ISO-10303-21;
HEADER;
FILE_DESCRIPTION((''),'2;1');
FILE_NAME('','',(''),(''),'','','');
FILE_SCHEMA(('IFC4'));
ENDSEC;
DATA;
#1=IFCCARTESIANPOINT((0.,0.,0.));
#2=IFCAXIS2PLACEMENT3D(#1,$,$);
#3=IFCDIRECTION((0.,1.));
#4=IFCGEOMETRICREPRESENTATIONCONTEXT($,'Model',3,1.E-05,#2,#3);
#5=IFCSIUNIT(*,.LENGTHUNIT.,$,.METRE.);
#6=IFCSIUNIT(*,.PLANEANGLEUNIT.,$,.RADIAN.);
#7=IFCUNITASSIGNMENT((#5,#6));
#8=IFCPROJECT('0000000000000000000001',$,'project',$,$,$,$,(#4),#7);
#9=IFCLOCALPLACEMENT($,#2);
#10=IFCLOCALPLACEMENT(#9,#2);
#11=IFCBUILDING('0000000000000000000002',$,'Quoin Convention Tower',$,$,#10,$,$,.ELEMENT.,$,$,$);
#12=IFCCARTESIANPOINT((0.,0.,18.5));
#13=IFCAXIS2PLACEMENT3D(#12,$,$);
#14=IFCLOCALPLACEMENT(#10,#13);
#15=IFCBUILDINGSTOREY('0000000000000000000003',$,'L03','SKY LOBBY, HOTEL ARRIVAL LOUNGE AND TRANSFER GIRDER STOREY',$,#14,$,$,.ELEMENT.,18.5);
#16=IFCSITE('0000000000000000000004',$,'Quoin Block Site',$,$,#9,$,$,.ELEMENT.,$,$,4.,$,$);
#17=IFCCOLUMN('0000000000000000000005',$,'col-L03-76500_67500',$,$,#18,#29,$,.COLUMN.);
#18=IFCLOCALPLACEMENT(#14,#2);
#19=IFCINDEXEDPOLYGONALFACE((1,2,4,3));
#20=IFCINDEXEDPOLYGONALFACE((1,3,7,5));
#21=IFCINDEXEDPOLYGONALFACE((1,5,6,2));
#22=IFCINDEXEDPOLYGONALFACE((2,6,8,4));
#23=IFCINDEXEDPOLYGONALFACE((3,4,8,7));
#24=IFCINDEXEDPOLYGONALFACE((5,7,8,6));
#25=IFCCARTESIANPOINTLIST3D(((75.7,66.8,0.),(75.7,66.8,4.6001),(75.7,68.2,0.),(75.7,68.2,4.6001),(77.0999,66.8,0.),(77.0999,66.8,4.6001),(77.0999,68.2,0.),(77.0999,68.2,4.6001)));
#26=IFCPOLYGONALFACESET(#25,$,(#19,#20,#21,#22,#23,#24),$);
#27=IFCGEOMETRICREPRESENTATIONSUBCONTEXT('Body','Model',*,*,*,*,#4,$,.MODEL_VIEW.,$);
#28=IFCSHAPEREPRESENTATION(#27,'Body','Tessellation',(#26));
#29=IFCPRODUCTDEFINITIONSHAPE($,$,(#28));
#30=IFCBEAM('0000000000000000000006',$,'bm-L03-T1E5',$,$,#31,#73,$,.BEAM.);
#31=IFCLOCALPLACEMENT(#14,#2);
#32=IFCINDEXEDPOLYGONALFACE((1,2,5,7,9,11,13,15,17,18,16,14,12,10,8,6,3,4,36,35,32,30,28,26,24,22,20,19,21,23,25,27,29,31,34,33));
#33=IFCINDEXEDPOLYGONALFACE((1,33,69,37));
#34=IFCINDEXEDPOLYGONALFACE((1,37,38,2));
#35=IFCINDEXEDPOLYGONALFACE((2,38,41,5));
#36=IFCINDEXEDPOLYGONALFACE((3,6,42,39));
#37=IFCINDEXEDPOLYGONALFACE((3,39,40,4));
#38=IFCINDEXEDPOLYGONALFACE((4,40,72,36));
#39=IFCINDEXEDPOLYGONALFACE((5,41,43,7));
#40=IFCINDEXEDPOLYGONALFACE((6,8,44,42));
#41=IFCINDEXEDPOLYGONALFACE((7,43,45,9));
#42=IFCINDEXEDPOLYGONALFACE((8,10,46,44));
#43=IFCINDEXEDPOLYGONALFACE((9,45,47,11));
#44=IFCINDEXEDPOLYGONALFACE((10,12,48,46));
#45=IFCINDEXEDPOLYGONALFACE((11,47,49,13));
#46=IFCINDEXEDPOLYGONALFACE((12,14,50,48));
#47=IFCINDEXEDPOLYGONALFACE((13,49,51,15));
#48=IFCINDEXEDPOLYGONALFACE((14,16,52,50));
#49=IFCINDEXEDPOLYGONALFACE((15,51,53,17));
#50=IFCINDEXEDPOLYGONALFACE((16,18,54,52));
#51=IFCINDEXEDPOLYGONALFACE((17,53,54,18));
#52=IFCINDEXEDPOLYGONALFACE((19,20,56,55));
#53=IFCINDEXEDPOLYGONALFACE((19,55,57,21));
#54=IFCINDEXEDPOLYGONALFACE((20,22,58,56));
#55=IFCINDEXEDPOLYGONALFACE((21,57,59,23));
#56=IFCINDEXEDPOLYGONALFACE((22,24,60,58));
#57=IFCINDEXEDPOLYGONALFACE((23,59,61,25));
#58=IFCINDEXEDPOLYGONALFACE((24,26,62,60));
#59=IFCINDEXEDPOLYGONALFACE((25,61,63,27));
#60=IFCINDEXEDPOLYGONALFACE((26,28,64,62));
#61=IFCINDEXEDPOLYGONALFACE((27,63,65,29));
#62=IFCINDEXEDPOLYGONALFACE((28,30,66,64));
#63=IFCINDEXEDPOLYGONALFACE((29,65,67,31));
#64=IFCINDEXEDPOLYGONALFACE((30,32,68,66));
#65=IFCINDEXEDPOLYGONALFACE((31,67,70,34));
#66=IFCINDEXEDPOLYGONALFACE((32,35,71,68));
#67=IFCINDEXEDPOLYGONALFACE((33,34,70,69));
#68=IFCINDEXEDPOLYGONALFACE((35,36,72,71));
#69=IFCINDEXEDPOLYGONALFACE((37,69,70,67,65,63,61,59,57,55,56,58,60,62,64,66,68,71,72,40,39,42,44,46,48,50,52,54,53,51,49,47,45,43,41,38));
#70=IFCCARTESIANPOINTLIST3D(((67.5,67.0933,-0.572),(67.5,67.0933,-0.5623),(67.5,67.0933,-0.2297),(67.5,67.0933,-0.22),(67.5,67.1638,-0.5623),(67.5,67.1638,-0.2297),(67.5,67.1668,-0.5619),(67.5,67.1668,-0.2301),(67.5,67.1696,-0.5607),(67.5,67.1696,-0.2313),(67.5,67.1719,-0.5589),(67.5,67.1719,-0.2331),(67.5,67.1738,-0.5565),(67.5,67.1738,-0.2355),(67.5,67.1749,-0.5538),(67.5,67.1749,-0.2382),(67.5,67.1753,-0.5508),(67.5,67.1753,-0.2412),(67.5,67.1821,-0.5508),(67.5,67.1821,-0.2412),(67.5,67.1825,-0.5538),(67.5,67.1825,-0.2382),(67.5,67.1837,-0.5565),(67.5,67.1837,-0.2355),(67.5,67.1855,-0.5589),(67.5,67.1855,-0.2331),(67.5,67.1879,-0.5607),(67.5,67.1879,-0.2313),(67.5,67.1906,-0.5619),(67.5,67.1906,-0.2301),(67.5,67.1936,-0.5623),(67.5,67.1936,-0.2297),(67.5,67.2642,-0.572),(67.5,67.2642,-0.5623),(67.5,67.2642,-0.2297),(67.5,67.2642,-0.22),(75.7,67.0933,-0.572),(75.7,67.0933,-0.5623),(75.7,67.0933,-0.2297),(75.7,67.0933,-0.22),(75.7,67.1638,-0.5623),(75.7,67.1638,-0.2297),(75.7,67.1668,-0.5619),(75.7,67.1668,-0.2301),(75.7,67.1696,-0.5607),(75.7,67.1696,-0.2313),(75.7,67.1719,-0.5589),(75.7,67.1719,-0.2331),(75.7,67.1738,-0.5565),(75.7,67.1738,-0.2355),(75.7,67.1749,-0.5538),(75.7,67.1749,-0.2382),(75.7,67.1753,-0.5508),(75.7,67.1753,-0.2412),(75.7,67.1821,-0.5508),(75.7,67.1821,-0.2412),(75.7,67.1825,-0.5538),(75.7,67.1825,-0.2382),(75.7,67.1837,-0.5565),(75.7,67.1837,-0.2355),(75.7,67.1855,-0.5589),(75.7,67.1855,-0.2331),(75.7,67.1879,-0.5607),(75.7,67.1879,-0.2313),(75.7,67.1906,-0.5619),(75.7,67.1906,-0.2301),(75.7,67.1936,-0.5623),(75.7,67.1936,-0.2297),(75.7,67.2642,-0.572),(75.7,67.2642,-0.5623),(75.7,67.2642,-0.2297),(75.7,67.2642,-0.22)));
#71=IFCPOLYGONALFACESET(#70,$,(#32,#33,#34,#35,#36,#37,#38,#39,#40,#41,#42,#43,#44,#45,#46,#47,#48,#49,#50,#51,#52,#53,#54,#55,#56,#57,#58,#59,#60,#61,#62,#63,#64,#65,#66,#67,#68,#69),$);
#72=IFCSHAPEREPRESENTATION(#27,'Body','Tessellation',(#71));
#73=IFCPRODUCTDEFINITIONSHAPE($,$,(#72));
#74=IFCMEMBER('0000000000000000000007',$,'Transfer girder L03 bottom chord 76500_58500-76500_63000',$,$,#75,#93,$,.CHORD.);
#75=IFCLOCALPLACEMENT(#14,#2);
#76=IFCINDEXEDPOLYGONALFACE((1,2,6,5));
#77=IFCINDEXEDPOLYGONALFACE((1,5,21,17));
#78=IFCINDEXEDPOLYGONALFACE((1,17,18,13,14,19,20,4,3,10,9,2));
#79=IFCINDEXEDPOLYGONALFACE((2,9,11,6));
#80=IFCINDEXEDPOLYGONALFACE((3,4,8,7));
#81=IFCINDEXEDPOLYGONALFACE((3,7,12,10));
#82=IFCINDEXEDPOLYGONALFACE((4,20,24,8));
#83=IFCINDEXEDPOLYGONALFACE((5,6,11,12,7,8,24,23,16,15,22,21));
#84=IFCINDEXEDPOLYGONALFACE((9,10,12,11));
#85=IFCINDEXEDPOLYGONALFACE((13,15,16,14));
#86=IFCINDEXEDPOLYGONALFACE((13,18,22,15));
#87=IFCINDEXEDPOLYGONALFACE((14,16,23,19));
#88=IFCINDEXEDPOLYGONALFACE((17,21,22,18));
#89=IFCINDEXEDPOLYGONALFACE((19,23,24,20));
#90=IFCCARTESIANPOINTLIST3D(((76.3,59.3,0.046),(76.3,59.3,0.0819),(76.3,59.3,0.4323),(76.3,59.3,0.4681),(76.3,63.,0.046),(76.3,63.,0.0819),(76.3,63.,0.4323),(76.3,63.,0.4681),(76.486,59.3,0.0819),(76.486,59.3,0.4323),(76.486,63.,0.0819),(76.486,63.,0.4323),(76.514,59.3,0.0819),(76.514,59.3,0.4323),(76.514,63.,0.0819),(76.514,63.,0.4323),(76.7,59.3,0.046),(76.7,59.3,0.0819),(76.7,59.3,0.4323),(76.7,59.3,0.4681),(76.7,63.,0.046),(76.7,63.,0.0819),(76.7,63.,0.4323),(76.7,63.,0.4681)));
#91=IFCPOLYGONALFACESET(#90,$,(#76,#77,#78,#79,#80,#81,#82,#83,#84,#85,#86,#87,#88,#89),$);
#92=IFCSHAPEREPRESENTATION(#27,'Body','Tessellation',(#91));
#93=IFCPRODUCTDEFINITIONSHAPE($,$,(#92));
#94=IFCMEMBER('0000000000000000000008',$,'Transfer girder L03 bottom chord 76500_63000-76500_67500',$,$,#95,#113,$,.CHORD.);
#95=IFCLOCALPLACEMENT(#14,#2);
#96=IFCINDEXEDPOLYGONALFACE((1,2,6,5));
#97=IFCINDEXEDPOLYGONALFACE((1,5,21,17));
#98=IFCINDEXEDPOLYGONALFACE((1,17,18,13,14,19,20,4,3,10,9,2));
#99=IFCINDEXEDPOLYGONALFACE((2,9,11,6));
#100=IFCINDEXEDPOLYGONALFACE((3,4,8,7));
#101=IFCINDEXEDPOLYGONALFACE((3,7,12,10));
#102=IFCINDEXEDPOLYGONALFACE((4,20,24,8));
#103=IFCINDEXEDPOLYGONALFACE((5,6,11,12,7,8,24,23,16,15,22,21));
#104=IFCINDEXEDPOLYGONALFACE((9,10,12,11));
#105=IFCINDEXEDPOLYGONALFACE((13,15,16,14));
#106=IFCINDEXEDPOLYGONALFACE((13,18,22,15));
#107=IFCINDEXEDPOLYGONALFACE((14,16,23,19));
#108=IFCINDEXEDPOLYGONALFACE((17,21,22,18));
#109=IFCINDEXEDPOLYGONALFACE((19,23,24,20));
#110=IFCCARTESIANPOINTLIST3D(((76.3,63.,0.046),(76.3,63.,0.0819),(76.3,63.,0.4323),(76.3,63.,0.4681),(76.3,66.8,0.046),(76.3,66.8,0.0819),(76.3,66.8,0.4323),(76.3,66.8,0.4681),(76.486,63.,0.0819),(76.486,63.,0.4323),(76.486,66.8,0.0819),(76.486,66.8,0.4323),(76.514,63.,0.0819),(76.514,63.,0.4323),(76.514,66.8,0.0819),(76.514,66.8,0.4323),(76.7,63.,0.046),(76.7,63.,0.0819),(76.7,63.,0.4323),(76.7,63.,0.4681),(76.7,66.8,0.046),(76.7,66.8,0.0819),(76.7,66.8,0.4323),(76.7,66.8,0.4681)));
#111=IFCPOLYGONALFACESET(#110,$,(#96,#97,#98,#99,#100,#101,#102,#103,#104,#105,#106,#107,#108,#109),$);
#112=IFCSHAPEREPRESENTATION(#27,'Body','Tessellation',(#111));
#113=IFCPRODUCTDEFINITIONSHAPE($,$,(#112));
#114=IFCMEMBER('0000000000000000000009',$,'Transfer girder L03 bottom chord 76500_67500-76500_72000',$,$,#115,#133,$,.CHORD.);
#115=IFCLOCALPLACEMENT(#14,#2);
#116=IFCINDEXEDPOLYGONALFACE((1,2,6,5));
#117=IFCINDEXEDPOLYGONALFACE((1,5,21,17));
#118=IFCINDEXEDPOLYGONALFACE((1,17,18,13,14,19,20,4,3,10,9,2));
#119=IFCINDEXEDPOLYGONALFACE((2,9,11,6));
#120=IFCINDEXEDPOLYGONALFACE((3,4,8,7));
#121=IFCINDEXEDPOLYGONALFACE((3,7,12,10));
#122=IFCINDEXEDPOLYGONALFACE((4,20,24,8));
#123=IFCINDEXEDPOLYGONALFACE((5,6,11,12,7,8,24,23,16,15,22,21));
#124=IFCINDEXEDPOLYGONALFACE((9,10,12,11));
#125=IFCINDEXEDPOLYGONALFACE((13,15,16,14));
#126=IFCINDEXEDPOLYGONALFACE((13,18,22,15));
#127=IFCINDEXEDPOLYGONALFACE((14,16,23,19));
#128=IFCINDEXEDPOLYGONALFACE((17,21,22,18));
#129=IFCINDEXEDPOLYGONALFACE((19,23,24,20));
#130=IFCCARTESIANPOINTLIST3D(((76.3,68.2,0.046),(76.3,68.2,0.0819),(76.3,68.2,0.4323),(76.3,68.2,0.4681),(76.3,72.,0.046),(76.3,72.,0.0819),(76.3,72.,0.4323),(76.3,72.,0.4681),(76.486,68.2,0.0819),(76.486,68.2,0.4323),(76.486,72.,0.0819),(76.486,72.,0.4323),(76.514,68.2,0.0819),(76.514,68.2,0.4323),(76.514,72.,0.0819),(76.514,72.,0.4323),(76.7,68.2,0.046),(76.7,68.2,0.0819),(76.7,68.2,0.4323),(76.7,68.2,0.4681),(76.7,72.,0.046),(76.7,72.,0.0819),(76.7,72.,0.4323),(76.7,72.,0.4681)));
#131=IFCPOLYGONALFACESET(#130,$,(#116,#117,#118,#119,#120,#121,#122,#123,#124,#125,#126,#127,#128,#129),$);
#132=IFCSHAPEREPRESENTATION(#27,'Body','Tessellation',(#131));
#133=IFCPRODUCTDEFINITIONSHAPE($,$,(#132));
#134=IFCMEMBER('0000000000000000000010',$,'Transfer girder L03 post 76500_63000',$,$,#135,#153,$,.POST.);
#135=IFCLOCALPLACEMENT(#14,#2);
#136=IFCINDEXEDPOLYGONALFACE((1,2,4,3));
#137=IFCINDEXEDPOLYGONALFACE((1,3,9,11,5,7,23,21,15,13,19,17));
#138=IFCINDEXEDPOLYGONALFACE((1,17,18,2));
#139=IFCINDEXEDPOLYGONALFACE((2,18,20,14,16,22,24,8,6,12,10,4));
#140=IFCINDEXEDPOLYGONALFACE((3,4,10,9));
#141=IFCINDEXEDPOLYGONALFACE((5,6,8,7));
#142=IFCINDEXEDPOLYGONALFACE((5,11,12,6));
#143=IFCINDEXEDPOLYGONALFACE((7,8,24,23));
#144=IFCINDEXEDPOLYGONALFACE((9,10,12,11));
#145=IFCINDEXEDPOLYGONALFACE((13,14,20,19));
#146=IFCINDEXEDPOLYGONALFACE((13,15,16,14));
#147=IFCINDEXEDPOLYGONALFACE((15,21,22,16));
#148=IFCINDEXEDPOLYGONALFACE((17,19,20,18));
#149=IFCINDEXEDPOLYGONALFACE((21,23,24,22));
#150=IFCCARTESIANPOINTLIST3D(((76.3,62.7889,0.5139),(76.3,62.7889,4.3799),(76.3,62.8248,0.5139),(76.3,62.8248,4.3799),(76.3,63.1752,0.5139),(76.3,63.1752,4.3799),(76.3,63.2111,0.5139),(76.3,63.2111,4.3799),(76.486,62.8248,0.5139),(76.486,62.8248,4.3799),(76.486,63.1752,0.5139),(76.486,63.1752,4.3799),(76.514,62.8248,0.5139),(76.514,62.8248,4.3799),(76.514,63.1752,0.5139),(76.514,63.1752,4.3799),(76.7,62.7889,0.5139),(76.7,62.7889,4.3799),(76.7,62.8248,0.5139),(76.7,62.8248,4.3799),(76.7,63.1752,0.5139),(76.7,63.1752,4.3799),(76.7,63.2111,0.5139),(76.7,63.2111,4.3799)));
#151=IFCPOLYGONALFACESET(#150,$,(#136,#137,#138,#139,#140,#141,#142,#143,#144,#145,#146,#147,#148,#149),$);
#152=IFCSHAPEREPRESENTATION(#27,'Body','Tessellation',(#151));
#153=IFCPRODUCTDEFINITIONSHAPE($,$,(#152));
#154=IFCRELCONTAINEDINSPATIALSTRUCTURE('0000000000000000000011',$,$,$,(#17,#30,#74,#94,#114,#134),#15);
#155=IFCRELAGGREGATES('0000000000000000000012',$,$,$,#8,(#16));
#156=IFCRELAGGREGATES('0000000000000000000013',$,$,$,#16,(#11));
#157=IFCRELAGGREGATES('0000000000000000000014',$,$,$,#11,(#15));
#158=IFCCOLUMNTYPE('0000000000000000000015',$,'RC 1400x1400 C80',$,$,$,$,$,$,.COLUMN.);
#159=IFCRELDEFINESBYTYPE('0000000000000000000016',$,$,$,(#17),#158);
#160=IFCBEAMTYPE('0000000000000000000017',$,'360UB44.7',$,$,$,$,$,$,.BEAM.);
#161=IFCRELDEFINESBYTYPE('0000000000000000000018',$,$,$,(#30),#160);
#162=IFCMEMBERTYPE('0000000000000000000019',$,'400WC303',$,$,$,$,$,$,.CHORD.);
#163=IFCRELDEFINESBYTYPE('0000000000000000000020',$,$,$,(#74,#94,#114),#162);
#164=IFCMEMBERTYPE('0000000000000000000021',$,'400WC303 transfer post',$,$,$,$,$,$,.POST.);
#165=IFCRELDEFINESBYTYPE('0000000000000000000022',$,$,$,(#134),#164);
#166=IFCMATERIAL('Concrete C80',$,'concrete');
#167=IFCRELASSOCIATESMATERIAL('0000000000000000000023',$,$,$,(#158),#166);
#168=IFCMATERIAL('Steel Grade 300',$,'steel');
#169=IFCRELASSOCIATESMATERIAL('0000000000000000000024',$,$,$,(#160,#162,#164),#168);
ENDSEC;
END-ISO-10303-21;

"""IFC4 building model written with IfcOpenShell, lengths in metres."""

from ifc_helpers import new_model, si_unit, direction, frame, origin, origin_2d, place, context, subcontext, project, spatial, rectangle, i_section, extrude, material, material_profile, profile_set, type_object, element, save


model = new_model("IFC4")

# Units and contexts
model_context = context("Model", 3, precision=1e-05, world=origin(), true_north=direction((0.0, 1.0)))
body_context = subcontext(model_context, "Body", "Model", "MODEL_VIEW")
ifc_project = project(units=[si_unit("LENGTHUNIT", "METRE"), si_unit("PLANEANGLEUNIT", "RADIAN")], contexts=[model_context])

# Site, building, storey
site_placement = place(None, origin())
site = spatial("IfcSite", under=ifc_project, at=site_placement, Name="Quoin Block Site", CompositionType="ELEMENT", RefElevation=4.0)
building_placement = place(site_placement, origin())
building = spatial("IfcBuilding", under=site, at=building_placement, Name="Quoin Convention Tower", CompositionType="ELEMENT")
storey_placement = place(building_placement, frame((0.0, 0.0, 18.5)))
storey = spatial("IfcBuildingStorey", under=building, at=storey_placement, Name="L03", Description="SKY LOBBY, HOTEL ARRIVAL LOUNGE AND TRANSFER GIRDER STOREY", CompositionType="ELEMENT", Elevation=18.5)

# Column
ifc_material_1 = material(Name="Concrete C80", Category="concrete")
ifc_material_profile_1 = material_profile(ifc_material_1, rectangle(XDim=1.3999, YDim=1.3999, at=origin_2d()), Name="RC 1400x1400")
ifc_profile_set_1 = profile_set([ifc_material_profile_1], Name="Concrete C80")
column_type = type_object("IfcColumnType", Name="RC 1400x1400 C80", PredefinedType="COLUMN", material=ifc_profile_set_1)
column_placement = place(storey_placement, frame((76.3999, 67.5, 0.0), z_axis=(0.0, 0.0, 1.0), x_axis=(1.0, 0.0, 0.0)))
element("IfcColumn", 1, at=column_placement, inside=storey, type_object=column_type, Name="col-L03-76500_67500", PredefinedType="COLUMN", context=body_context, shape_type="SweptSolid", body=[
    extrude(rectangle(XDim=1.3999, YDim=1.3999, at=origin_2d()), origin(), (0.0, 0.0, 1.0), 4.6001),
])

# Beam
ifc_material_2 = material(Name="Steel Grade 300", Category="steel")
ifc_material_profile_2 = material_profile(ifc_material_2, i_section(OverallWidth=0.1709, OverallDepth=0.3521, WebThickness=0.0068, FlangeThickness=0.0098, FilletRadius=0.0115, at=origin_2d()), Name="360UB44.7")
ifc_profile_set_2 = profile_set([ifc_material_profile_2], Name="Steel Grade 300")
beam_type_1 = type_object("IfcBeamType", Name="360UB44.7", PredefinedType="BEAM", material=ifc_profile_set_2)
beam_1_placement = place(storey_placement, frame((67.5, 67.1787, -0.396), z_axis=(1.0, 0.0, 0.0), x_axis=(0.0, 1.0, 0.0)))
element("IfcBeam", 2, at=beam_1_placement, inside=storey, type_object=beam_type_1, Name="bm-L03-T1E5", PredefinedType="BEAM", context=body_context, shape_type="SweptSolid", body=[
    extrude(i_section(OverallWidth=0.1709, OverallDepth=0.3521, WebThickness=0.0068, FlangeThickness=0.0098, FilletRadius=0.0115, at=origin_2d()), origin(), (0.0, 0.0, 1.0), 8.2),
])

# Members
ifc_material_profile_3 = material_profile(ifc_material_2, i_section(OverallWidth=0.3999, OverallDepth=0.4221, WebThickness=0.0281, FlangeThickness=0.0359, at=origin_2d()), Name="400WC303")
ifc_profile_set_3 = profile_set([ifc_material_profile_3], Name="Steel Grade 300")
member_type_1 = type_object("IfcMemberType", Name="400WC303", PredefinedType="CHORD", material=ifc_profile_set_3)
member_1_placement = place(storey_placement, frame((76.5, 59.3, 0.2571), z_axis=(0.0, 1.0, 0.0), x_axis=(-1.0, 0.0, 0.0)))
element("IfcMember", 3, at=member_1_placement, inside=storey, type_object=member_type_1, Name="Transfer girder L03 bottom chord 76500_58500-76500_63000", PredefinedType="CHORD", context=body_context, shape_type="SweptSolid", body=[
    extrude(i_section(OverallWidth=0.3999, OverallDepth=0.4221, WebThickness=0.0281, FlangeThickness=0.0359, at=origin_2d()), origin(), (0.0, 0.0, 1.0), 3.7),
])
for number, where, z_axis, x_axis, name in (
    (4, (76.5, 63.0, 0.2571), (0.0, 1.0, 0.0), (-1.0, 0.0, 0.0), "Transfer girder L03 bottom chord 76500_63000-76500_67500"),
    (5, (76.5, 68.2, 0.2571), (0.0, 1.0, 0.0), (-1.0, 0.0, 0.0), "Transfer girder L03 bottom chord 76500_67500-76500_72000"),
):
    element("IfcMember", number, at=place(storey_placement, frame(where, z_axis=z_axis, x_axis=x_axis)), inside=storey, type_object=member_type_1, Name=name, PredefinedType="CHORD", context=body_context, shape_type="SweptSolid", body=[
        extrude(i_section(OverallWidth=0.3999, OverallDepth=0.4221, WebThickness=0.0281, FlangeThickness=0.0359, at=origin_2d()), origin(), (0.0, 0.0, 1.0), 3.8),
    ])
ifc_material_profile_4 = material_profile(ifc_material_2, i_section(OverallWidth=0.3999, OverallDepth=0.4221, WebThickness=0.0281, FlangeThickness=0.0359, at=origin_2d()), Name="400WC303")
ifc_profile_set_4 = profile_set([ifc_material_profile_4], Name="Steel Grade 300")
member_type_2 = type_object("IfcMemberType", Name="400WC303 transfer post", PredefinedType="POST", material=ifc_profile_set_4)
member_2_placement = place(storey_placement, frame((76.5, 63.0, 0.5139), z_axis=(0.0, 0.0, 1.0), x_axis=(1.0, 0.0, 0.0)))
element("IfcMember", 6, at=member_2_placement, inside=storey, type_object=member_type_2, Name="Transfer girder L03 post 76500_63000", PredefinedType="POST", context=body_context, shape_type="SweptSolid", body=[
    extrude(i_section(OverallWidth=0.3999, OverallDepth=0.4221, WebThickness=0.0281, FlangeThickness=0.0359, at=origin_2d()), origin(), (0.0, 0.0, 1.0), 3.866),
])

save(model, "model.ifc")
